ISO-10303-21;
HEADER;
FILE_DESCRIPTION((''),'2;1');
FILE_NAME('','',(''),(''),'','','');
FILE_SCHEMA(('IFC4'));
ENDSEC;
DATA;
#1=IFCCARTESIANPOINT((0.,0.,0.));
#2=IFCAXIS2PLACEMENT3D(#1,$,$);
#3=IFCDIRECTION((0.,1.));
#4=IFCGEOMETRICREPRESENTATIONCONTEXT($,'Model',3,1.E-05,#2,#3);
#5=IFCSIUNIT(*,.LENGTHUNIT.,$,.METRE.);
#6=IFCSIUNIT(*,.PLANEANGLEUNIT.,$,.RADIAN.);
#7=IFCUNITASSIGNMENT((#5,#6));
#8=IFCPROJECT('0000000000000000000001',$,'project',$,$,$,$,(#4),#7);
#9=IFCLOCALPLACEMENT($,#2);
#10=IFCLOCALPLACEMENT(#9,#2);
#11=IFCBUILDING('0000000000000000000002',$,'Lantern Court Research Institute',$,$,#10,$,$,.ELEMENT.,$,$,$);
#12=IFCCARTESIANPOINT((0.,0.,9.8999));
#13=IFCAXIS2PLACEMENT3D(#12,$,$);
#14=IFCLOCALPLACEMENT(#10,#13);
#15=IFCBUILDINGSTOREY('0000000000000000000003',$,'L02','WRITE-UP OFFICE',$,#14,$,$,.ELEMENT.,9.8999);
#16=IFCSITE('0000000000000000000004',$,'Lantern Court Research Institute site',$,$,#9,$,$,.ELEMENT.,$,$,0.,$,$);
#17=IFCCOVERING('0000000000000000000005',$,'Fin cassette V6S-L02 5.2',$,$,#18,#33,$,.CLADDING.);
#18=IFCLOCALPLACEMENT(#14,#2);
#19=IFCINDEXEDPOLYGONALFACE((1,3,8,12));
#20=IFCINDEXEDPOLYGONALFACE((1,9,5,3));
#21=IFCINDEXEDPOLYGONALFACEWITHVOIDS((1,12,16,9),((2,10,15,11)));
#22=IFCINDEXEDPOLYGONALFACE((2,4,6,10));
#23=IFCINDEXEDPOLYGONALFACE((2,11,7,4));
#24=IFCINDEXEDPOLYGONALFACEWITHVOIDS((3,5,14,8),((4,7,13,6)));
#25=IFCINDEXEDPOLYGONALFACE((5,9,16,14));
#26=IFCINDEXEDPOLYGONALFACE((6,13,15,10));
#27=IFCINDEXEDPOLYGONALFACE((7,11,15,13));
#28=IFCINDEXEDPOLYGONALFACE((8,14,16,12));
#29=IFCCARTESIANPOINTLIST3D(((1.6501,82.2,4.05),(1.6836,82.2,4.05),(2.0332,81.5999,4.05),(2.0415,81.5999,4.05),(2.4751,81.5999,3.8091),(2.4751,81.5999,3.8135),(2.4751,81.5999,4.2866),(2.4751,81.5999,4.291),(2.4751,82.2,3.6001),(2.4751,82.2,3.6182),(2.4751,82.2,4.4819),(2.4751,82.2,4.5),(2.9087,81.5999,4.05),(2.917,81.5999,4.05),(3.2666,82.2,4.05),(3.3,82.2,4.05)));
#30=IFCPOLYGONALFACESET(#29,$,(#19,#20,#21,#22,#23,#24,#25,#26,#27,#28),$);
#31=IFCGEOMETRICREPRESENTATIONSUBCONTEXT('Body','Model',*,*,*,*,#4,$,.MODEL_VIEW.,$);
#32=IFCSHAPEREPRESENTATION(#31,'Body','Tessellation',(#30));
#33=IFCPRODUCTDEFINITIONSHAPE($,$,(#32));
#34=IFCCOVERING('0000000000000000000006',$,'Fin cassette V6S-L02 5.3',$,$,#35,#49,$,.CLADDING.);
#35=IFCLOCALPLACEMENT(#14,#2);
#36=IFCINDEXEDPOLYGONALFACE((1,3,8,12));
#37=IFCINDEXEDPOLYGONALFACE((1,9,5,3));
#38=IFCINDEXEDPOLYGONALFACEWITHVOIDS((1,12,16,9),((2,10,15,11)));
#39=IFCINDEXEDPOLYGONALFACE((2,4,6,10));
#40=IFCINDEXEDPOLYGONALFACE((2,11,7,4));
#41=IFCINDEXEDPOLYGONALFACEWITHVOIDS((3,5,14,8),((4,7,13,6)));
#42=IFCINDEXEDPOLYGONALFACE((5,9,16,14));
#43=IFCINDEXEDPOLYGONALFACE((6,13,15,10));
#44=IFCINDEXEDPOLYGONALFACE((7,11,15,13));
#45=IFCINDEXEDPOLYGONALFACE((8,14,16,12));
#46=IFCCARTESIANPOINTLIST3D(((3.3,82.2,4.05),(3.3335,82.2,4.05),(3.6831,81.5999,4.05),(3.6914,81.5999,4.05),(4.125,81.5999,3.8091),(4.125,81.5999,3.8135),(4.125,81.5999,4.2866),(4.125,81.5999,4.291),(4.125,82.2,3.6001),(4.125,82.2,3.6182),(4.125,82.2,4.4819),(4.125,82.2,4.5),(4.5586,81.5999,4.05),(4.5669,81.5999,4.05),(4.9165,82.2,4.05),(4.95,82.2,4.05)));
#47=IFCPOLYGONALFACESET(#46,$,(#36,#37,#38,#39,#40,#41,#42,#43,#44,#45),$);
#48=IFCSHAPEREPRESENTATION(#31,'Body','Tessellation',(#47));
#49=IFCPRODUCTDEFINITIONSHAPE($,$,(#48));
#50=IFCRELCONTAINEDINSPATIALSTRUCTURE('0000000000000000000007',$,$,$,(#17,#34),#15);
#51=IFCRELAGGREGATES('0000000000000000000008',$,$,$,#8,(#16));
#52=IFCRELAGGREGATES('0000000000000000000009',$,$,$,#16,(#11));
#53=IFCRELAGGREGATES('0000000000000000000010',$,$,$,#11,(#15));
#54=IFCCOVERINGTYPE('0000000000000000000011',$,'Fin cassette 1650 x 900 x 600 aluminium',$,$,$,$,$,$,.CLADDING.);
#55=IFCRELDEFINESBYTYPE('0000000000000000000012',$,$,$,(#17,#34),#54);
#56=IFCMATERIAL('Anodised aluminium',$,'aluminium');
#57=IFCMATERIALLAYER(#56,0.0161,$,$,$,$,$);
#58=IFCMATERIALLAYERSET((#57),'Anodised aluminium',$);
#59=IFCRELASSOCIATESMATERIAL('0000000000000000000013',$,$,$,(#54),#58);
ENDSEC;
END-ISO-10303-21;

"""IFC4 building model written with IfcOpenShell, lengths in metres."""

from ifc_helpers import new_model, entity, si_unit, direction, frame, origin, place, context, subcontext, project, spatial, material, layer, layer_set, type_object, element, save


model = new_model("IFC4")

# Units and contexts
model_context = context("Model", 3, precision=1e-05, world=origin(), true_north=direction((0.0, 1.0)))
body_context = subcontext(model_context, "Body", "Model", "MODEL_VIEW")
ifc_project = project(units=[si_unit("LENGTHUNIT", "METRE"), si_unit("PLANEANGLEUNIT", "RADIAN")], contexts=[model_context])

# Site, building, storey
site_placement = place(None, origin())
site = spatial("IfcSite", under=ifc_project, at=site_placement, Name="Lantern Court Research Institute site", CompositionType="ELEMENT", RefElevation=0.0)
building_placement = place(site_placement, origin())
building = spatial("IfcBuilding", under=site, at=building_placement, Name="Lantern Court Research Institute", CompositionType="ELEMENT")
storey_placement = place(building_placement, frame((0.0, 0.0, 9.8999)))
storey = spatial("IfcBuildingStorey", under=building, at=storey_placement, Name="L02", Description="WRITE-UP OFFICE", CompositionType="ELEMENT", Elevation=9.8999)

# Coverings
ifc_material_1 = material(Name="Anodised aluminium", Category="aluminium")
ifc_layer_1 = layer(ifc_material_1, 0.0161)
ifc_layer_set_1 = layer_set([ifc_layer_1], Name="Anodised aluminium")
covering_type_1 = type_object("IfcCoveringType", Name="Fin cassette 1650 x 900 x 600 aluminium", PredefinedType="CLADDING", material=ifc_layer_set_1)
covering_1_placement = place(storey_placement, frame((2.4751, 82.2, 4.05), z_axis=(0.0, -1.0, 0.0), x_axis=(1.0, 0.0, 0.0)))
cartesian_point_1 = entity("IfcCartesianPoint", [0.825, 0.0])
cartesian_point_2 = entity("IfcCartesianPoint", [0.7915, 0.0])
cartesian_point_3 = entity("IfcCartesianPoint", [0.4419, 0.0])
cartesian_point_4 = entity("IfcCartesianPoint", [0.4336, 0.0])
element("IfcCovering", 1, at=covering_1_placement, inside=storey, type_object=covering_type_1, Name="Fin cassette V6S-L02 5.2", PredefinedType="CLADDING", context=body_context, shape_type="SweptSolid", body=[
    entity("IfcExtrudedAreaSolidTapered", entity("IfcArbitraryProfileDefWithVoids", "AREA", None, entity("IfcPolyline", [cartesian_point_1, entity("IfcCartesianPoint", [0.0, 0.45]), entity("IfcCartesianPoint", [-0.825, 0.0]), entity("IfcCartesianPoint", [0.0, -0.45]), cartesian_point_1]), [entity("IfcPolyline", [cartesian_point_2, entity("IfcCartesianPoint", [0.0, 0.4319]), entity("IfcCartesianPoint", [-0.7915, 0.0]), entity("IfcCartesianPoint", [0.0, -0.4319]), cartesian_point_2])]), entity("IfcAxis2Placement3D", entity("IfcCartesianPoint", [0.0, 0.0, 0.0])), entity("IfcDirection", [0.0, 0.0, 1.0]), 0.6001, entity("IfcArbitraryProfileDefWithVoids", "AREA", None, entity("IfcPolyline", [cartesian_point_3, entity("IfcCartesianPoint", [0.0, 0.241]), entity("IfcCartesianPoint", [-0.4419, 0.0]), entity("IfcCartesianPoint", [0.0, -0.241]), cartesian_point_3]), [entity("IfcPolyline", [cartesian_point_4, entity("IfcCartesianPoint", [0.0, 0.2366]), entity("IfcCartesianPoint", [-0.4336, 0.0]), entity("IfcCartesianPoint", [0.0, -0.2366]), cartesian_point_4])])),
])
covering_2_placement = place(storey_placement, frame((4.125, 82.2, 4.05), z_axis=(0.0, -1.0, 0.0), x_axis=(1.0, 0.0, 0.0)))
cartesian_point_5 = entity("IfcCartesianPoint", [0.825, 0.0])
cartesian_point_6 = entity("IfcCartesianPoint", [0.7915, 0.0])
cartesian_point_7 = entity("IfcCartesianPoint", [0.4419, 0.0])
cartesian_point_8 = entity("IfcCartesianPoint", [0.4336, 0.0])
element("IfcCovering", 2, at=covering_2_placement, inside=storey, type_object=covering_type_1, Name="Fin cassette V6S-L02 5.3", PredefinedType="CLADDING", context=body_context, shape_type="SweptSolid", body=[
    entity("IfcExtrudedAreaSolidTapered", entity("IfcArbitraryProfileDefWithVoids", "AREA", None, entity("IfcPolyline", [cartesian_point_5, entity("IfcCartesianPoint", [0.0, 0.45]), entity("IfcCartesianPoint", [-0.825, 0.0]), entity("IfcCartesianPoint", [0.0, -0.45]), cartesian_point_5]), [entity("IfcPolyline", [cartesian_point_6, entity("IfcCartesianPoint", [0.0, 0.4319]), entity("IfcCartesianPoint", [-0.7915, 0.0]), entity("IfcCartesianPoint", [0.0, -0.4319]), cartesian_point_6])]), entity("IfcAxis2Placement3D", entity("IfcCartesianPoint", [0.0, 0.0, 0.0])), entity("IfcDirection", [0.0, 0.0, 1.0]), 0.6001, entity("IfcArbitraryProfileDefWithVoids", "AREA", None, entity("IfcPolyline", [cartesian_point_7, entity("IfcCartesianPoint", [0.0, 0.241]), entity("IfcCartesianPoint", [-0.4419, 0.0]), entity("IfcCartesianPoint", [0.0, -0.241]), cartesian_point_7]), [entity("IfcPolyline", [cartesian_point_8, entity("IfcCartesianPoint", [0.0, 0.2366]), entity("IfcCartesianPoint", [-0.4336, 0.0]), entity("IfcCartesianPoint", [0.0, -0.2366]), cartesian_point_8])])),
])

save(model, "model.ifc")
